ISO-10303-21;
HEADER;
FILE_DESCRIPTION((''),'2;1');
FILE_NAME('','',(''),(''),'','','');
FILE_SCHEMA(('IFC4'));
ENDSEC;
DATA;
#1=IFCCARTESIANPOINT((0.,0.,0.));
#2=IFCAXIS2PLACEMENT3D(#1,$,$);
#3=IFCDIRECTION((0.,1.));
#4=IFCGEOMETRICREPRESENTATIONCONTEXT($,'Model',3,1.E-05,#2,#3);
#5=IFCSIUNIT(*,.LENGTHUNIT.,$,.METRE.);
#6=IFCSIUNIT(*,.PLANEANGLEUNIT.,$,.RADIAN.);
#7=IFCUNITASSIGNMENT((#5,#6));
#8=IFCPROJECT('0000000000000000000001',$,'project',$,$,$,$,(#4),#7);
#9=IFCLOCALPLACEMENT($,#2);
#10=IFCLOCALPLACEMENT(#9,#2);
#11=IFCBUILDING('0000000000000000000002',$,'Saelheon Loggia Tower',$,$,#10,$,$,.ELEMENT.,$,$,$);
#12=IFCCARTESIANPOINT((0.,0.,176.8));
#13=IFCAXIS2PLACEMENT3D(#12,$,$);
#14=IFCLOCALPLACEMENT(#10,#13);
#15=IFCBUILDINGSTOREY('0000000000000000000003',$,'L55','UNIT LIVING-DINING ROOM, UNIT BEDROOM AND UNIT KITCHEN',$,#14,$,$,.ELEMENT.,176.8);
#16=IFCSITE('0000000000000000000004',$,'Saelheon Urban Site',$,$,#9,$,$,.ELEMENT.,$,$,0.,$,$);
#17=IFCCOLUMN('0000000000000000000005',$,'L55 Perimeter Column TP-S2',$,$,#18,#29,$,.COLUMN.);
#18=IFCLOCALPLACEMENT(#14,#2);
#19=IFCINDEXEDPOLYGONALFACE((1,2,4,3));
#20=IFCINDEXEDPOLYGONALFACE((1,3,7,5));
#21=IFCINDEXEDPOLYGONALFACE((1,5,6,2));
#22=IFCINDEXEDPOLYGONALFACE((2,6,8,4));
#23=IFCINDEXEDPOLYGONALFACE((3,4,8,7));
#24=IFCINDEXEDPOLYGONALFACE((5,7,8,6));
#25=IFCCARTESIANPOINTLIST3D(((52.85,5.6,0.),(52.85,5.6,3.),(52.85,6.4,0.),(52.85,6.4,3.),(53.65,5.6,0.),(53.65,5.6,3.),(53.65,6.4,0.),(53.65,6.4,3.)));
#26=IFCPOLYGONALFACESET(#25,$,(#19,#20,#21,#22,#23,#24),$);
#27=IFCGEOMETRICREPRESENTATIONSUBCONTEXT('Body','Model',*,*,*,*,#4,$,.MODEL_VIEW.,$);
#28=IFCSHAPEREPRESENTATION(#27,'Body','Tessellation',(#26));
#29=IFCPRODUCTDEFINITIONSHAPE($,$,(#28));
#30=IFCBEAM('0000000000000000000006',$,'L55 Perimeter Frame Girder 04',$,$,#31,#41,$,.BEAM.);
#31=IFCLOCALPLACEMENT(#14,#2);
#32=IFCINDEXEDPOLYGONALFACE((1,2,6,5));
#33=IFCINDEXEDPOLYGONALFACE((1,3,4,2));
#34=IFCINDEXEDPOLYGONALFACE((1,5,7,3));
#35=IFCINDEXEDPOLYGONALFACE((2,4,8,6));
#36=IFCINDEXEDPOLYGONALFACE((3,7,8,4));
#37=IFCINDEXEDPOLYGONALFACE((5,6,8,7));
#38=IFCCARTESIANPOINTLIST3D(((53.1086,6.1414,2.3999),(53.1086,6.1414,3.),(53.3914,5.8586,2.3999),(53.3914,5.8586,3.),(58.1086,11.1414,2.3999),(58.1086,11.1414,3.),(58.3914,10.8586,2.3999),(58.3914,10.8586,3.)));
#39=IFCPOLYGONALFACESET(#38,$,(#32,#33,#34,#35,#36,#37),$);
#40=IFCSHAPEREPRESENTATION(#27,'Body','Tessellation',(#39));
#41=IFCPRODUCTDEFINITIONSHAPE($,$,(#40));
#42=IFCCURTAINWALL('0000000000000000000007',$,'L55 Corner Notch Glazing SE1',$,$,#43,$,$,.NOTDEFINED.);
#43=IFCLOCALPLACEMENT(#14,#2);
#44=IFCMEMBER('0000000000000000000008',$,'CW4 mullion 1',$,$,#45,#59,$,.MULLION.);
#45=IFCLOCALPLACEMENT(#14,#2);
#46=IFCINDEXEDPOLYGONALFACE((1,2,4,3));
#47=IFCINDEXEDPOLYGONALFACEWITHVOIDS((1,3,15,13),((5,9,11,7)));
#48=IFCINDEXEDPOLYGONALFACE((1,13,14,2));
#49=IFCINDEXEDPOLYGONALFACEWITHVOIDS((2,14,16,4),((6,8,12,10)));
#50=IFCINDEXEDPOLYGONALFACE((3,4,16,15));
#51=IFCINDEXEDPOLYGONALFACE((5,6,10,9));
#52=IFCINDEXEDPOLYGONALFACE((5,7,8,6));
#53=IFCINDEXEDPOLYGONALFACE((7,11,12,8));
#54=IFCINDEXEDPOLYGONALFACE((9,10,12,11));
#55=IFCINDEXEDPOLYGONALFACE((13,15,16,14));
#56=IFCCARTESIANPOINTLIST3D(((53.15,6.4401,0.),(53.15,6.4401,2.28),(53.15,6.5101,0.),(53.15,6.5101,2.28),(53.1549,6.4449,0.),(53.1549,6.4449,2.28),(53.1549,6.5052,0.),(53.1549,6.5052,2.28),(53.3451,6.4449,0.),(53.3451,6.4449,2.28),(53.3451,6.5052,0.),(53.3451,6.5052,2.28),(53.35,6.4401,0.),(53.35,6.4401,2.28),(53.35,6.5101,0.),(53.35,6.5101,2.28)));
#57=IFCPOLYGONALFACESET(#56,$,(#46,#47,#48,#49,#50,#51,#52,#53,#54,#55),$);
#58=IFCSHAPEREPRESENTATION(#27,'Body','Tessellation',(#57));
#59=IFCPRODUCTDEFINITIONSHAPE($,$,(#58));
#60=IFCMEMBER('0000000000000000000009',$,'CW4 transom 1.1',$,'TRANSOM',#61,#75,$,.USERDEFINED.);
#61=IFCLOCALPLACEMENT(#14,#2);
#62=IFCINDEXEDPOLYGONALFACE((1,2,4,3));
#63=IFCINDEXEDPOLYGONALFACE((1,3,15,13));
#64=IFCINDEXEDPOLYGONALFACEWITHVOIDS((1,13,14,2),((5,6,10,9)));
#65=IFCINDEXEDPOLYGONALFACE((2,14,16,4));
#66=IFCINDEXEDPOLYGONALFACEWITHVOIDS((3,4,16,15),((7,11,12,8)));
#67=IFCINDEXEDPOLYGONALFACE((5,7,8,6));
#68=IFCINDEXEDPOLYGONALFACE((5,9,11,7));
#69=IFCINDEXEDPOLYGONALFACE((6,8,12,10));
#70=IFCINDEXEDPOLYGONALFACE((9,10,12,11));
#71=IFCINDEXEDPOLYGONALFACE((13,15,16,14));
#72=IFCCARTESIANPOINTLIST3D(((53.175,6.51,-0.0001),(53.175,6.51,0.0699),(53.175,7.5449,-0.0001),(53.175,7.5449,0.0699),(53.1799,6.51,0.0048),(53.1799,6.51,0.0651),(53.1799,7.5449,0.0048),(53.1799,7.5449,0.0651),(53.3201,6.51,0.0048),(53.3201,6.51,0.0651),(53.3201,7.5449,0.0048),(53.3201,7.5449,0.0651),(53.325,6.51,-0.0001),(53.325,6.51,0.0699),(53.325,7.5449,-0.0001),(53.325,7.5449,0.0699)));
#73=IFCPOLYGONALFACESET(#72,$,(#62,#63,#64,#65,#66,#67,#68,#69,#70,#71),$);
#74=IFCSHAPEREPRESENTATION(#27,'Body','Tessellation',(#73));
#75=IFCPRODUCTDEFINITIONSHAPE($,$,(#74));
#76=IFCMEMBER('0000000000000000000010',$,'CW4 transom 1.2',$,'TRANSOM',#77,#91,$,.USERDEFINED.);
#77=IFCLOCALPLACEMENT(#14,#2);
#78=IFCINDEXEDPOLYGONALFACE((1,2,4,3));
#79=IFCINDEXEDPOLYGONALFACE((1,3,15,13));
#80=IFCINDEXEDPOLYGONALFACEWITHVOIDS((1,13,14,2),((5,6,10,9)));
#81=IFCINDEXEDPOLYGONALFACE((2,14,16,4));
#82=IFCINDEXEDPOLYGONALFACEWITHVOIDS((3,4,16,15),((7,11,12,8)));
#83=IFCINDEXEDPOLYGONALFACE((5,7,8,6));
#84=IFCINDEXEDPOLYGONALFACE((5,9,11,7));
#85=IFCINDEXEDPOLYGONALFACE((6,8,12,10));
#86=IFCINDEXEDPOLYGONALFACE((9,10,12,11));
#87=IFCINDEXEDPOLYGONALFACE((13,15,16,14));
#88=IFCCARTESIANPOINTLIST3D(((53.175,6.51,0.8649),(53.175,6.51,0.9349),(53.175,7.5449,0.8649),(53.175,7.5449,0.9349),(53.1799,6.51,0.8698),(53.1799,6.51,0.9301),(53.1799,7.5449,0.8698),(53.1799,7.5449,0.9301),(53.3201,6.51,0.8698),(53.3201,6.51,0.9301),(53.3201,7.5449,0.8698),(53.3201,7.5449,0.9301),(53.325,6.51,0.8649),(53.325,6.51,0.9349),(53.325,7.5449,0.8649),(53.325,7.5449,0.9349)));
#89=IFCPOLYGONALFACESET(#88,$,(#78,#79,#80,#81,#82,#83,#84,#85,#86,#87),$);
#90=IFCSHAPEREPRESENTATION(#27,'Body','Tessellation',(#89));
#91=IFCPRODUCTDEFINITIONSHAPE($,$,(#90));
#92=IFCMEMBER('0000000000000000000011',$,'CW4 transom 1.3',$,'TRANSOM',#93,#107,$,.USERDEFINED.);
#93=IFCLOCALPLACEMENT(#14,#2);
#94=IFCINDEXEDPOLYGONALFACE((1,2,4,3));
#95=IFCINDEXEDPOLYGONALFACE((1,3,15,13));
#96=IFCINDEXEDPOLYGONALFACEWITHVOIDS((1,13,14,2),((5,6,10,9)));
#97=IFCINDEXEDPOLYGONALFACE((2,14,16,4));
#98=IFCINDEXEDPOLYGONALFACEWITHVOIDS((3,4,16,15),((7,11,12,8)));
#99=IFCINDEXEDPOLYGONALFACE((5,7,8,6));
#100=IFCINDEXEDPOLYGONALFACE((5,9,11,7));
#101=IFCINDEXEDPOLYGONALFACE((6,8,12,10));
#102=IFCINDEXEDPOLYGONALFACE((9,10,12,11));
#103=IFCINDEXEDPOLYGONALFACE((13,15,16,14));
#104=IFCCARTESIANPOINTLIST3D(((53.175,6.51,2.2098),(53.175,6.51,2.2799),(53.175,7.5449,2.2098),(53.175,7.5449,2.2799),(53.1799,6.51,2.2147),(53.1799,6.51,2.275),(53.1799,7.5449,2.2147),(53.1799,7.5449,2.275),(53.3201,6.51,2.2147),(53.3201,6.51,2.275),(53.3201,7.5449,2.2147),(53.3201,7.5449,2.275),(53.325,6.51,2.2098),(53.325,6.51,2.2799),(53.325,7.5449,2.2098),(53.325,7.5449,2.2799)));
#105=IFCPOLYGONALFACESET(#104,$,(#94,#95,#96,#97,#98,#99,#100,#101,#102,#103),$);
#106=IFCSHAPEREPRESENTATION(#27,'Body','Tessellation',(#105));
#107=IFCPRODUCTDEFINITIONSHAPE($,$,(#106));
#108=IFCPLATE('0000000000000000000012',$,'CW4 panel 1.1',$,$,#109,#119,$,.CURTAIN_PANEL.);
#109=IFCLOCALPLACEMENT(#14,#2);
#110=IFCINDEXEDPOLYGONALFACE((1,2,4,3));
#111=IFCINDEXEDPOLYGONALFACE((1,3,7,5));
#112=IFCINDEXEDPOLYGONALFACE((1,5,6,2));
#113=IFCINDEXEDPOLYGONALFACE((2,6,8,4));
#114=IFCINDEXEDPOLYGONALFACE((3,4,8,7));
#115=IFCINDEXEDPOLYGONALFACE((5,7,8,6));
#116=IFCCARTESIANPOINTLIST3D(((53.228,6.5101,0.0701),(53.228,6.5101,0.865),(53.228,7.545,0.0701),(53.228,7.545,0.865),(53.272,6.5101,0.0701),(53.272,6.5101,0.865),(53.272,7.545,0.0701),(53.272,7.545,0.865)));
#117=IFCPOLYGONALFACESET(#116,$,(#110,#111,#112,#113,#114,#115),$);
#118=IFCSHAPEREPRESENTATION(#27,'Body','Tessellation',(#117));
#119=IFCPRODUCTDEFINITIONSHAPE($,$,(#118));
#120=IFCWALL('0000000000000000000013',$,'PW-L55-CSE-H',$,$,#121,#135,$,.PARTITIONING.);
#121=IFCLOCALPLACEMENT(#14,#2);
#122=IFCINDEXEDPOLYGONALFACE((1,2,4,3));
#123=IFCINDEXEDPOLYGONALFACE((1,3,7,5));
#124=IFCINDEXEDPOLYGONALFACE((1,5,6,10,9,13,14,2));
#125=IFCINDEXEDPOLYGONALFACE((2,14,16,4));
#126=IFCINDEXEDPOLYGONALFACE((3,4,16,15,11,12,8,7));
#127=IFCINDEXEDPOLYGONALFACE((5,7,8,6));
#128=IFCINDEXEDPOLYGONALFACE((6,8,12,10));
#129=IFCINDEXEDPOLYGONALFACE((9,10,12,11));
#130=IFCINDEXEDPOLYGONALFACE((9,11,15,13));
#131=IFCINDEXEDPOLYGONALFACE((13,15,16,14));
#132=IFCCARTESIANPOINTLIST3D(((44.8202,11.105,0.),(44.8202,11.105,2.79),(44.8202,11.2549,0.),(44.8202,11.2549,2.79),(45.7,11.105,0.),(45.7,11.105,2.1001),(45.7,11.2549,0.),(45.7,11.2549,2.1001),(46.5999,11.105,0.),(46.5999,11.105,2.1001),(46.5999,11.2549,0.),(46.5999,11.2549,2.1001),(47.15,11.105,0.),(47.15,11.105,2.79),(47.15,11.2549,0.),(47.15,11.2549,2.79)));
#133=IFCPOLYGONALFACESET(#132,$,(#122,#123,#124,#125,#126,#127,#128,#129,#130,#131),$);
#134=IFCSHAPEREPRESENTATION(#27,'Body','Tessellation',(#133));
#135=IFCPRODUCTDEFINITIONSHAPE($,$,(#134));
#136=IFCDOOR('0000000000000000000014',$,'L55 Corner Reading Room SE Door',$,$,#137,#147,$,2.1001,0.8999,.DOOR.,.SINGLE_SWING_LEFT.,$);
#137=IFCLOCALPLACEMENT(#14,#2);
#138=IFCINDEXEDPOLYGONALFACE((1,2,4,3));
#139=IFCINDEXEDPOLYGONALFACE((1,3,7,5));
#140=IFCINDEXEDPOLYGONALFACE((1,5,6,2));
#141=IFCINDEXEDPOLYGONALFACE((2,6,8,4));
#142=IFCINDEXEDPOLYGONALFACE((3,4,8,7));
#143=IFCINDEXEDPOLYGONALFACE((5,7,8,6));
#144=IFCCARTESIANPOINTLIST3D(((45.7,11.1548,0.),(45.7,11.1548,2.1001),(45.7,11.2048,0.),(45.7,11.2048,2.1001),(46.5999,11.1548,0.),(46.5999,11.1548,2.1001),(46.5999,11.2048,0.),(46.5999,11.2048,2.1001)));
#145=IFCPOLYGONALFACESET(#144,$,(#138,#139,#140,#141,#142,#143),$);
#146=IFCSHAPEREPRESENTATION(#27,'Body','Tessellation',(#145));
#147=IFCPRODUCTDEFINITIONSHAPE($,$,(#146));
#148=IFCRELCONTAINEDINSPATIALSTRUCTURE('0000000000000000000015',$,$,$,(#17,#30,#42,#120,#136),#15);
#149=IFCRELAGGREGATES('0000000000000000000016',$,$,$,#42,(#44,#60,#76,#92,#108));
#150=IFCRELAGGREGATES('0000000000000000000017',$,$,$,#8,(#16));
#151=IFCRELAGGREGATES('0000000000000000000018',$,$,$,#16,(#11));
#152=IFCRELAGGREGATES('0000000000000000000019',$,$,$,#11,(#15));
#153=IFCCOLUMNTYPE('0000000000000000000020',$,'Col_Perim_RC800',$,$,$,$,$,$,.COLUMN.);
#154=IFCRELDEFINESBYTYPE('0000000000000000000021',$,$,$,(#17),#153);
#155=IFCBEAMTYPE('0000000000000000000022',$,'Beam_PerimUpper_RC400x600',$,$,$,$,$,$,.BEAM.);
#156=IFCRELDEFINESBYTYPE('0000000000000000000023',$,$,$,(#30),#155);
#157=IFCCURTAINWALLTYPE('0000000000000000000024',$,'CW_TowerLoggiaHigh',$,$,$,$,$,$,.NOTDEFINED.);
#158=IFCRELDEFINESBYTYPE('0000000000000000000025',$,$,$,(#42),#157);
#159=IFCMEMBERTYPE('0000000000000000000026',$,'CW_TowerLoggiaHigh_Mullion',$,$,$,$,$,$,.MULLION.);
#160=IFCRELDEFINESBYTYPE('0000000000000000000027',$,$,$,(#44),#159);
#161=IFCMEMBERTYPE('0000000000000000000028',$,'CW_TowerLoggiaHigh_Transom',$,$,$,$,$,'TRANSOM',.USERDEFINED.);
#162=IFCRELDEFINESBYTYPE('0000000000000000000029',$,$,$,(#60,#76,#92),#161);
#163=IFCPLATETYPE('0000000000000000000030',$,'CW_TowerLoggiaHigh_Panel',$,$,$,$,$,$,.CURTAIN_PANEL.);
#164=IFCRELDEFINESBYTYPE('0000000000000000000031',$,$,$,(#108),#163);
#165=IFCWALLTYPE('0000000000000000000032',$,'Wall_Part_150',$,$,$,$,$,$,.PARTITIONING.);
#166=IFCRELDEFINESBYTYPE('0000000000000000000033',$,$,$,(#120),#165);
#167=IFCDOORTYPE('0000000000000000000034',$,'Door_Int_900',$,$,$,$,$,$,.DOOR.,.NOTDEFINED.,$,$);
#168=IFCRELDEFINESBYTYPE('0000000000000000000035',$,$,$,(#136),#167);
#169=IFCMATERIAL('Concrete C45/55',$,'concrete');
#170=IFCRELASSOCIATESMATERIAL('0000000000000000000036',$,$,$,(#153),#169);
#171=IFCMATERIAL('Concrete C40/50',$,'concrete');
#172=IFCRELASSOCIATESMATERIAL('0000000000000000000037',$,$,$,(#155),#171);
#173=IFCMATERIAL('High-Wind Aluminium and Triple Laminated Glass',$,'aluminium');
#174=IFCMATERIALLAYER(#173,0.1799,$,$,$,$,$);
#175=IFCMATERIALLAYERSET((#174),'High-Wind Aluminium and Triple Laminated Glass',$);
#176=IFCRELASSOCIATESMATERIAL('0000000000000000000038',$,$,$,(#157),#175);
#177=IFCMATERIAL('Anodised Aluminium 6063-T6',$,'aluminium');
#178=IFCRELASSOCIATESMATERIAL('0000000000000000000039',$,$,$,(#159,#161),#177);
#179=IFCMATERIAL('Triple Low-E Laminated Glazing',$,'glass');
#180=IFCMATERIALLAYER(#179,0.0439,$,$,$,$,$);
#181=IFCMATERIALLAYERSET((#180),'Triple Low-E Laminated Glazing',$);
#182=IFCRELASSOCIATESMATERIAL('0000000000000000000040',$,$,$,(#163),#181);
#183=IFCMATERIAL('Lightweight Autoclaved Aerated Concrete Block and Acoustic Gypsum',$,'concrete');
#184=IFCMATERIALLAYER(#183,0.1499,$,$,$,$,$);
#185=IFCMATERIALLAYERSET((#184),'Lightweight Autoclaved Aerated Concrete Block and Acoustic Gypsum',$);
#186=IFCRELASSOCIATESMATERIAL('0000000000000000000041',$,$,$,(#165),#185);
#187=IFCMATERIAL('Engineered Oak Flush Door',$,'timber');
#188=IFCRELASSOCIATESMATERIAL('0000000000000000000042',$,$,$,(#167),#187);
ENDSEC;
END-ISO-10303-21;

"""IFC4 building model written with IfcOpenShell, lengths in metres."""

from ifc_helpers import new_model, si_unit, direction, frame, frame_2d, origin, origin_2d, place, context, subcontext, project, spatial, rectangle, hollow_rectangle, extrude, source, transform, mapped, material, layer, layer_set, material_profile, profile_set, type_object, element, fill, aggregate, save


model = new_model("IFC4")

# Units and contexts
model_context = context("Model", 3, precision=1e-05, world=origin(), true_north=direction((0.0, 1.0)))
body_context = subcontext(model_context, "Body", "Model", "MODEL_VIEW")
ifc_project = project(units=[si_unit("LENGTHUNIT", "METRE"), si_unit("PLANEANGLEUNIT", "RADIAN")], contexts=[model_context])

# Site, building, storey
site_placement = place(None, origin())
site = spatial("IfcSite", under=ifc_project, at=site_placement, Name="Saelheon Urban Site", CompositionType="ELEMENT", RefElevation=0.0)
building_placement = place(site_placement, origin())
building = spatial("IfcBuilding", under=site, at=building_placement, Name="Saelheon Loggia Tower", CompositionType="ELEMENT")
storey_placement = place(building_placement, frame((0.0, 0.0, 176.8)))
storey = spatial("IfcBuildingStorey", under=building, at=storey_placement, Name="L55", Description="UNIT LIVING-DINING ROOM, UNIT BEDROOM AND UNIT KITCHEN", CompositionType="ELEMENT", Elevation=176.8)

# Column
ifc_material_1 = material(Name="Concrete C45/55", Category="concrete")
ifc_material_profile_1 = material_profile(ifc_material_1, rectangle(XDim=0.8, YDim=0.8, at=origin_2d()), Name="RC-800x800")
ifc_profile_set_1 = profile_set([ifc_material_profile_1], Name="Concrete C45/55")
column_type = type_object("IfcColumnType", Name="Col_Perim_RC800", PredefinedType="COLUMN", material=ifc_profile_set_1)
shared_shape_1 = source(origin(), body_context, "Body", "SweptSolid", [
    extrude(rectangle(XDim=0.8, YDim=0.8, at=origin_2d()), origin(), (0.0, 0.0, 1.0), 3.0),
])
column_placement = place(storey_placement, frame((53.25, 6.0, 0.0), z_axis=(0.0, 0.0, 1.0), x_axis=(1.0, 0.0, 0.0)))
element("IfcColumn", 1, at=column_placement, inside=storey, type_object=column_type, Name="L55 Perimeter Column TP-S2", PredefinedType="COLUMN", context=body_context, shape_type="MappedRepresentation", body=[
    mapped(shared_shape_1, transform((0.0, 0.0, 0.0), scale=1.0)),
])

# Beam
ifc_material_2 = material(Name="Concrete C40/50", Category="concrete")
ifc_material_profile_2 = material_profile(ifc_material_2, rectangle(XDim=0.3999, YDim=0.6001, at=origin_2d()), Name="RC-400x600")
ifc_profile_set_2 = profile_set([ifc_material_profile_2], Name="Concrete C40/50")
beam_type = type_object("IfcBeamType", Name="Beam_PerimUpper_RC400x600", PredefinedType="BEAM", material=ifc_profile_set_2)
shared_shape_2 = source(origin(), body_context, "Body", "SweptSolid", [
    extrude(rectangle(XDim=0.3999, YDim=0.6001, at=origin_2d()), origin(), (0.0, 0.0, 1.0), 7.071),
])
beam_placement = place(storey_placement, frame((53.25, 6.0, 2.7), z_axis=(0.707107, 0.707107, 0.0), x_axis=(-0.707107, 0.707107, 0.0)))
element("IfcBeam", 2, at=beam_placement, inside=storey, type_object=beam_type, Name="L55 Perimeter Frame Girder 04", PredefinedType="BEAM", context=body_context, shape_type="MappedRepresentation", body=[
    mapped(shared_shape_2, transform((0.0, 0.0, 0.0), scale=1.0)),
])

# Curtain wall, members, plate
ifc_material_3 = material(Name="High-Wind Aluminium and Triple Laminated Glass", Category="aluminium")
ifc_layer_1 = layer(ifc_material_3, 0.1799)
ifc_layer_set_1 = layer_set([ifc_layer_1], Name="High-Wind Aluminium and Triple Laminated Glass")
curtain_wall_type = type_object("IfcCurtainWallType", Name="CW_TowerLoggiaHigh", PredefinedType="NOTDEFINED", material=ifc_layer_set_1)
curtain_wall_placement = place(storey_placement, origin())
curtain_wall = element("IfcCurtainWall", 3, at=curtain_wall_placement, inside=storey, type_object=curtain_wall_type, Name="L55 Corner Notch Glazing SE1", PredefinedType="NOTDEFINED")
ifc_material_4 = material(Name="Anodised Aluminium 6063-T6", Category="aluminium")
ifc_material_profile_3 = material_profile(ifc_material_4, hollow_rectangle(XDim=0.0701, YDim=0.2, WallThickness=0.0049, at=origin_2d()), Name="RHS-200x70x5")
ifc_profile_set_3 = profile_set([ifc_material_profile_3], Name="Anodised Aluminium 6063-T6")
member_type_1 = type_object("IfcMemberType", Name="CW_TowerLoggiaHigh_Mullion", PredefinedType="MULLION", material=ifc_profile_set_3)
shared_shape_3 = source(origin(), body_context, "Body", "SweptSolid", [
    extrude(hollow_rectangle(XDim=0.0701, YDim=0.2, WallThickness=0.0049, at=origin_2d()), origin(), (0.0, 0.0, 1.0), 2.28),
])
member_1_placement = place(storey_placement, frame((53.25, 6.4751, 0.0), z_axis=(0.0, 0.0, 1.0), x_axis=(0.0, 1.0, 0.0)))
member_1 = element("IfcMember", 4, at=member_1_placement, type_object=member_type_1, Name="CW4 mullion 1", PredefinedType="MULLION", context=body_context, shape_type="MappedRepresentation", body=[
    mapped(shared_shape_3, transform((0.0, 0.0, 0.0), scale=1.0)),
])
ifc_material_profile_4 = material_profile(ifc_material_4, hollow_rectangle(XDim=0.0701, YDim=0.1499, WallThickness=0.0049, at=origin_2d()), Name="RHS-150x70x5")
ifc_profile_set_4 = profile_set([ifc_material_profile_4], Name="Anodised Aluminium 6063-T6")
member_type_2 = type_object("IfcMemberType", Name="CW_TowerLoggiaHigh_Transom", ElementType="TRANSOM", PredefinedType="USERDEFINED", material=ifc_profile_set_4)
shared_shape_4 = source(origin(), body_context, "Body", "SweptSolid", [
    extrude(hollow_rectangle(XDim=0.0701, YDim=0.1499, WallThickness=0.0049, at=origin_2d()), origin(), (0.0, 0.0, 1.0), 1.0349),
])
member_2_placement = place(storey_placement, frame((53.25, 6.51, 0.0349), z_axis=(0.0, 1.0, 0.0), x_axis=(0.0, 0.0, 1.0)))
member_2 = element("IfcMember", 5, at=member_2_placement, type_object=member_type_2, Name="CW4 transom 1.1", ObjectType="TRANSOM", PredefinedType="USERDEFINED", context=body_context, shape_type="MappedRepresentation", body=[
    mapped(shared_shape_4, transform((0.0, 0.0, 0.0), scale=1.0)),
])
member_3_placement = place(storey_placement, frame((53.25, 6.51, 0.8999), z_axis=(0.0, 1.0, 0.0), x_axis=(0.0, 0.0, 1.0)))
member_3 = element("IfcMember", 6, at=member_3_placement, type_object=member_type_2, Name="CW4 transom 1.2", ObjectType="TRANSOM", PredefinedType="USERDEFINED", context=body_context, shape_type="MappedRepresentation", body=[
    mapped(shared_shape_4, transform((0.0, 0.0, 0.0), scale=1.0)),
])
member_4_placement = place(storey_placement, frame((53.25, 6.51, 2.2449), z_axis=(0.0, 1.0, 0.0), x_axis=(0.0, 0.0, 1.0)))
member_4 = element("IfcMember", 7, at=member_4_placement, type_object=member_type_2, Name="CW4 transom 1.3", ObjectType="TRANSOM", PredefinedType="USERDEFINED", context=body_context, shape_type="MappedRepresentation", body=[
    mapped(shared_shape_4, transform((0.0, 0.0, 0.0), scale=1.0)),
])
ifc_material_5 = material(Name="Triple Low-E Laminated Glazing", Category="glass")
ifc_layer_2 = layer(ifc_material_5, 0.0439)
ifc_layer_set_2 = layer_set([ifc_layer_2], Name="Triple Low-E Laminated Glazing")
plate_type = type_object("IfcPlateType", Name="CW_TowerLoggiaHigh_Panel", PredefinedType="CURTAIN_PANEL", material=ifc_layer_set_2)
shared_shape_5 = source(origin(), body_context, "Body", "SweptSolid", [
    extrude(rectangle(XDim=1.0349, YDim=0.0439, at=origin_2d()), origin(), (0.0, 0.0, 1.0), 0.7949),
])
plate_placement = place(storey_placement, frame((53.25, 7.0276, 0.0701), z_axis=(0.0, 0.0, 1.0), x_axis=(0.0, 1.0, 0.0)))
plate = element("IfcPlate", 8, at=plate_placement, type_object=plate_type, Name="CW4 panel 1.1", PredefinedType="CURTAIN_PANEL", context=body_context, shape_type="MappedRepresentation", body=[
    mapped(shared_shape_5, transform((0.0, 0.0, 0.0), scale=1.0)),
])
aggregate(curtain_wall, [member_1, member_2, member_3, member_4, plate])

# Wall, opening, door
ifc_material_6 = material(Name="Lightweight Autoclaved Aerated Concrete Block and Acoustic Gypsum", Category="concrete")
ifc_layer_3 = layer(ifc_material_6, 0.1499)
ifc_layer_set_3 = layer_set([ifc_layer_3], Name="Lightweight Autoclaved Aerated Concrete Block and Acoustic Gypsum")
wall_type_1 = type_object("IfcWallType", Name="Wall_Part_150", PredefinedType="PARTITIONING", material=ifc_layer_set_3)
wall_1_placement = place(storey_placement, frame((44.8201, 11.1799, 0.0), z_axis=(0.0, 0.0, 1.0), x_axis=(1.0, 0.0, 0.0)))
wall_1 = element("IfcWall", 9, at=wall_1_placement, inside=storey, type_object=wall_type_1, Name="PW-L55-CSE-H", PredefinedType="PARTITIONING", context=body_context, shape_type="SweptSolid", body=[
    extrude(rectangle(XDim=2.3298, YDim=0.1499, at=frame_2d((1.165, 0.0))), origin(), (0.0, 0.0, 1.0), 2.79),
])
opening_1_placement = place(wall_1_placement, frame((0.8799, 0.0, 0.0)))
opening_1 = element("IfcOpeningElement", 10, at=opening_1_placement, cuts=wall_1, PredefinedType="OPENING", context=body_context, shape_type="SweptSolid", body=[
    extrude(rectangle(XDim=0.8999, YDim=2.1001, at=frame_2d((0.45, 1.05))), frame((0.0, 0.0869, 0.0), z_axis=(0.0, -1.0, 0.0), x_axis=(1.0, 0.0, 0.0)), (0.0, 0.0, 1.0), 0.1738),
])
ifc_material_7 = material(Name="Engineered Oak Flush Door", Category="timber")
door_type_1 = type_object("IfcDoorType", Name="Door_Int_900", OperationType="NOTDEFINED", PredefinedType="DOOR", material=ifc_material_7)
shared_shape_6 = source(origin(), body_context, "Body", "SweptSolid", [
    extrude(rectangle(XDim=0.8999, YDim=2.1001, at=frame_2d((0.45, 1.05))), frame((0.0, 0.0249, 0.0), z_axis=(0.0, -1.0, 0.0), x_axis=(1.0, 0.0, 0.0)), (0.0, 0.0, 1.0), 0.05),
])
door_1_placement = place(opening_1_placement, origin())
door_1 = element("IfcDoor", 11, at=door_1_placement, inside=storey, type_object=door_type_1, Name="L55 Corner Reading Room SE Door", OperationType="SINGLE_SWING_LEFT", OverallHeight=2.1001, OverallWidth=0.8999, PredefinedType="DOOR", context=body_context, shape_type="MappedRepresentation", body=[
    mapped(shared_shape_6, transform((0.0, 0.0, 0.0), scale=1.0)),
])
fill(opening_1, door_1)

save(model, "model.ifc")
